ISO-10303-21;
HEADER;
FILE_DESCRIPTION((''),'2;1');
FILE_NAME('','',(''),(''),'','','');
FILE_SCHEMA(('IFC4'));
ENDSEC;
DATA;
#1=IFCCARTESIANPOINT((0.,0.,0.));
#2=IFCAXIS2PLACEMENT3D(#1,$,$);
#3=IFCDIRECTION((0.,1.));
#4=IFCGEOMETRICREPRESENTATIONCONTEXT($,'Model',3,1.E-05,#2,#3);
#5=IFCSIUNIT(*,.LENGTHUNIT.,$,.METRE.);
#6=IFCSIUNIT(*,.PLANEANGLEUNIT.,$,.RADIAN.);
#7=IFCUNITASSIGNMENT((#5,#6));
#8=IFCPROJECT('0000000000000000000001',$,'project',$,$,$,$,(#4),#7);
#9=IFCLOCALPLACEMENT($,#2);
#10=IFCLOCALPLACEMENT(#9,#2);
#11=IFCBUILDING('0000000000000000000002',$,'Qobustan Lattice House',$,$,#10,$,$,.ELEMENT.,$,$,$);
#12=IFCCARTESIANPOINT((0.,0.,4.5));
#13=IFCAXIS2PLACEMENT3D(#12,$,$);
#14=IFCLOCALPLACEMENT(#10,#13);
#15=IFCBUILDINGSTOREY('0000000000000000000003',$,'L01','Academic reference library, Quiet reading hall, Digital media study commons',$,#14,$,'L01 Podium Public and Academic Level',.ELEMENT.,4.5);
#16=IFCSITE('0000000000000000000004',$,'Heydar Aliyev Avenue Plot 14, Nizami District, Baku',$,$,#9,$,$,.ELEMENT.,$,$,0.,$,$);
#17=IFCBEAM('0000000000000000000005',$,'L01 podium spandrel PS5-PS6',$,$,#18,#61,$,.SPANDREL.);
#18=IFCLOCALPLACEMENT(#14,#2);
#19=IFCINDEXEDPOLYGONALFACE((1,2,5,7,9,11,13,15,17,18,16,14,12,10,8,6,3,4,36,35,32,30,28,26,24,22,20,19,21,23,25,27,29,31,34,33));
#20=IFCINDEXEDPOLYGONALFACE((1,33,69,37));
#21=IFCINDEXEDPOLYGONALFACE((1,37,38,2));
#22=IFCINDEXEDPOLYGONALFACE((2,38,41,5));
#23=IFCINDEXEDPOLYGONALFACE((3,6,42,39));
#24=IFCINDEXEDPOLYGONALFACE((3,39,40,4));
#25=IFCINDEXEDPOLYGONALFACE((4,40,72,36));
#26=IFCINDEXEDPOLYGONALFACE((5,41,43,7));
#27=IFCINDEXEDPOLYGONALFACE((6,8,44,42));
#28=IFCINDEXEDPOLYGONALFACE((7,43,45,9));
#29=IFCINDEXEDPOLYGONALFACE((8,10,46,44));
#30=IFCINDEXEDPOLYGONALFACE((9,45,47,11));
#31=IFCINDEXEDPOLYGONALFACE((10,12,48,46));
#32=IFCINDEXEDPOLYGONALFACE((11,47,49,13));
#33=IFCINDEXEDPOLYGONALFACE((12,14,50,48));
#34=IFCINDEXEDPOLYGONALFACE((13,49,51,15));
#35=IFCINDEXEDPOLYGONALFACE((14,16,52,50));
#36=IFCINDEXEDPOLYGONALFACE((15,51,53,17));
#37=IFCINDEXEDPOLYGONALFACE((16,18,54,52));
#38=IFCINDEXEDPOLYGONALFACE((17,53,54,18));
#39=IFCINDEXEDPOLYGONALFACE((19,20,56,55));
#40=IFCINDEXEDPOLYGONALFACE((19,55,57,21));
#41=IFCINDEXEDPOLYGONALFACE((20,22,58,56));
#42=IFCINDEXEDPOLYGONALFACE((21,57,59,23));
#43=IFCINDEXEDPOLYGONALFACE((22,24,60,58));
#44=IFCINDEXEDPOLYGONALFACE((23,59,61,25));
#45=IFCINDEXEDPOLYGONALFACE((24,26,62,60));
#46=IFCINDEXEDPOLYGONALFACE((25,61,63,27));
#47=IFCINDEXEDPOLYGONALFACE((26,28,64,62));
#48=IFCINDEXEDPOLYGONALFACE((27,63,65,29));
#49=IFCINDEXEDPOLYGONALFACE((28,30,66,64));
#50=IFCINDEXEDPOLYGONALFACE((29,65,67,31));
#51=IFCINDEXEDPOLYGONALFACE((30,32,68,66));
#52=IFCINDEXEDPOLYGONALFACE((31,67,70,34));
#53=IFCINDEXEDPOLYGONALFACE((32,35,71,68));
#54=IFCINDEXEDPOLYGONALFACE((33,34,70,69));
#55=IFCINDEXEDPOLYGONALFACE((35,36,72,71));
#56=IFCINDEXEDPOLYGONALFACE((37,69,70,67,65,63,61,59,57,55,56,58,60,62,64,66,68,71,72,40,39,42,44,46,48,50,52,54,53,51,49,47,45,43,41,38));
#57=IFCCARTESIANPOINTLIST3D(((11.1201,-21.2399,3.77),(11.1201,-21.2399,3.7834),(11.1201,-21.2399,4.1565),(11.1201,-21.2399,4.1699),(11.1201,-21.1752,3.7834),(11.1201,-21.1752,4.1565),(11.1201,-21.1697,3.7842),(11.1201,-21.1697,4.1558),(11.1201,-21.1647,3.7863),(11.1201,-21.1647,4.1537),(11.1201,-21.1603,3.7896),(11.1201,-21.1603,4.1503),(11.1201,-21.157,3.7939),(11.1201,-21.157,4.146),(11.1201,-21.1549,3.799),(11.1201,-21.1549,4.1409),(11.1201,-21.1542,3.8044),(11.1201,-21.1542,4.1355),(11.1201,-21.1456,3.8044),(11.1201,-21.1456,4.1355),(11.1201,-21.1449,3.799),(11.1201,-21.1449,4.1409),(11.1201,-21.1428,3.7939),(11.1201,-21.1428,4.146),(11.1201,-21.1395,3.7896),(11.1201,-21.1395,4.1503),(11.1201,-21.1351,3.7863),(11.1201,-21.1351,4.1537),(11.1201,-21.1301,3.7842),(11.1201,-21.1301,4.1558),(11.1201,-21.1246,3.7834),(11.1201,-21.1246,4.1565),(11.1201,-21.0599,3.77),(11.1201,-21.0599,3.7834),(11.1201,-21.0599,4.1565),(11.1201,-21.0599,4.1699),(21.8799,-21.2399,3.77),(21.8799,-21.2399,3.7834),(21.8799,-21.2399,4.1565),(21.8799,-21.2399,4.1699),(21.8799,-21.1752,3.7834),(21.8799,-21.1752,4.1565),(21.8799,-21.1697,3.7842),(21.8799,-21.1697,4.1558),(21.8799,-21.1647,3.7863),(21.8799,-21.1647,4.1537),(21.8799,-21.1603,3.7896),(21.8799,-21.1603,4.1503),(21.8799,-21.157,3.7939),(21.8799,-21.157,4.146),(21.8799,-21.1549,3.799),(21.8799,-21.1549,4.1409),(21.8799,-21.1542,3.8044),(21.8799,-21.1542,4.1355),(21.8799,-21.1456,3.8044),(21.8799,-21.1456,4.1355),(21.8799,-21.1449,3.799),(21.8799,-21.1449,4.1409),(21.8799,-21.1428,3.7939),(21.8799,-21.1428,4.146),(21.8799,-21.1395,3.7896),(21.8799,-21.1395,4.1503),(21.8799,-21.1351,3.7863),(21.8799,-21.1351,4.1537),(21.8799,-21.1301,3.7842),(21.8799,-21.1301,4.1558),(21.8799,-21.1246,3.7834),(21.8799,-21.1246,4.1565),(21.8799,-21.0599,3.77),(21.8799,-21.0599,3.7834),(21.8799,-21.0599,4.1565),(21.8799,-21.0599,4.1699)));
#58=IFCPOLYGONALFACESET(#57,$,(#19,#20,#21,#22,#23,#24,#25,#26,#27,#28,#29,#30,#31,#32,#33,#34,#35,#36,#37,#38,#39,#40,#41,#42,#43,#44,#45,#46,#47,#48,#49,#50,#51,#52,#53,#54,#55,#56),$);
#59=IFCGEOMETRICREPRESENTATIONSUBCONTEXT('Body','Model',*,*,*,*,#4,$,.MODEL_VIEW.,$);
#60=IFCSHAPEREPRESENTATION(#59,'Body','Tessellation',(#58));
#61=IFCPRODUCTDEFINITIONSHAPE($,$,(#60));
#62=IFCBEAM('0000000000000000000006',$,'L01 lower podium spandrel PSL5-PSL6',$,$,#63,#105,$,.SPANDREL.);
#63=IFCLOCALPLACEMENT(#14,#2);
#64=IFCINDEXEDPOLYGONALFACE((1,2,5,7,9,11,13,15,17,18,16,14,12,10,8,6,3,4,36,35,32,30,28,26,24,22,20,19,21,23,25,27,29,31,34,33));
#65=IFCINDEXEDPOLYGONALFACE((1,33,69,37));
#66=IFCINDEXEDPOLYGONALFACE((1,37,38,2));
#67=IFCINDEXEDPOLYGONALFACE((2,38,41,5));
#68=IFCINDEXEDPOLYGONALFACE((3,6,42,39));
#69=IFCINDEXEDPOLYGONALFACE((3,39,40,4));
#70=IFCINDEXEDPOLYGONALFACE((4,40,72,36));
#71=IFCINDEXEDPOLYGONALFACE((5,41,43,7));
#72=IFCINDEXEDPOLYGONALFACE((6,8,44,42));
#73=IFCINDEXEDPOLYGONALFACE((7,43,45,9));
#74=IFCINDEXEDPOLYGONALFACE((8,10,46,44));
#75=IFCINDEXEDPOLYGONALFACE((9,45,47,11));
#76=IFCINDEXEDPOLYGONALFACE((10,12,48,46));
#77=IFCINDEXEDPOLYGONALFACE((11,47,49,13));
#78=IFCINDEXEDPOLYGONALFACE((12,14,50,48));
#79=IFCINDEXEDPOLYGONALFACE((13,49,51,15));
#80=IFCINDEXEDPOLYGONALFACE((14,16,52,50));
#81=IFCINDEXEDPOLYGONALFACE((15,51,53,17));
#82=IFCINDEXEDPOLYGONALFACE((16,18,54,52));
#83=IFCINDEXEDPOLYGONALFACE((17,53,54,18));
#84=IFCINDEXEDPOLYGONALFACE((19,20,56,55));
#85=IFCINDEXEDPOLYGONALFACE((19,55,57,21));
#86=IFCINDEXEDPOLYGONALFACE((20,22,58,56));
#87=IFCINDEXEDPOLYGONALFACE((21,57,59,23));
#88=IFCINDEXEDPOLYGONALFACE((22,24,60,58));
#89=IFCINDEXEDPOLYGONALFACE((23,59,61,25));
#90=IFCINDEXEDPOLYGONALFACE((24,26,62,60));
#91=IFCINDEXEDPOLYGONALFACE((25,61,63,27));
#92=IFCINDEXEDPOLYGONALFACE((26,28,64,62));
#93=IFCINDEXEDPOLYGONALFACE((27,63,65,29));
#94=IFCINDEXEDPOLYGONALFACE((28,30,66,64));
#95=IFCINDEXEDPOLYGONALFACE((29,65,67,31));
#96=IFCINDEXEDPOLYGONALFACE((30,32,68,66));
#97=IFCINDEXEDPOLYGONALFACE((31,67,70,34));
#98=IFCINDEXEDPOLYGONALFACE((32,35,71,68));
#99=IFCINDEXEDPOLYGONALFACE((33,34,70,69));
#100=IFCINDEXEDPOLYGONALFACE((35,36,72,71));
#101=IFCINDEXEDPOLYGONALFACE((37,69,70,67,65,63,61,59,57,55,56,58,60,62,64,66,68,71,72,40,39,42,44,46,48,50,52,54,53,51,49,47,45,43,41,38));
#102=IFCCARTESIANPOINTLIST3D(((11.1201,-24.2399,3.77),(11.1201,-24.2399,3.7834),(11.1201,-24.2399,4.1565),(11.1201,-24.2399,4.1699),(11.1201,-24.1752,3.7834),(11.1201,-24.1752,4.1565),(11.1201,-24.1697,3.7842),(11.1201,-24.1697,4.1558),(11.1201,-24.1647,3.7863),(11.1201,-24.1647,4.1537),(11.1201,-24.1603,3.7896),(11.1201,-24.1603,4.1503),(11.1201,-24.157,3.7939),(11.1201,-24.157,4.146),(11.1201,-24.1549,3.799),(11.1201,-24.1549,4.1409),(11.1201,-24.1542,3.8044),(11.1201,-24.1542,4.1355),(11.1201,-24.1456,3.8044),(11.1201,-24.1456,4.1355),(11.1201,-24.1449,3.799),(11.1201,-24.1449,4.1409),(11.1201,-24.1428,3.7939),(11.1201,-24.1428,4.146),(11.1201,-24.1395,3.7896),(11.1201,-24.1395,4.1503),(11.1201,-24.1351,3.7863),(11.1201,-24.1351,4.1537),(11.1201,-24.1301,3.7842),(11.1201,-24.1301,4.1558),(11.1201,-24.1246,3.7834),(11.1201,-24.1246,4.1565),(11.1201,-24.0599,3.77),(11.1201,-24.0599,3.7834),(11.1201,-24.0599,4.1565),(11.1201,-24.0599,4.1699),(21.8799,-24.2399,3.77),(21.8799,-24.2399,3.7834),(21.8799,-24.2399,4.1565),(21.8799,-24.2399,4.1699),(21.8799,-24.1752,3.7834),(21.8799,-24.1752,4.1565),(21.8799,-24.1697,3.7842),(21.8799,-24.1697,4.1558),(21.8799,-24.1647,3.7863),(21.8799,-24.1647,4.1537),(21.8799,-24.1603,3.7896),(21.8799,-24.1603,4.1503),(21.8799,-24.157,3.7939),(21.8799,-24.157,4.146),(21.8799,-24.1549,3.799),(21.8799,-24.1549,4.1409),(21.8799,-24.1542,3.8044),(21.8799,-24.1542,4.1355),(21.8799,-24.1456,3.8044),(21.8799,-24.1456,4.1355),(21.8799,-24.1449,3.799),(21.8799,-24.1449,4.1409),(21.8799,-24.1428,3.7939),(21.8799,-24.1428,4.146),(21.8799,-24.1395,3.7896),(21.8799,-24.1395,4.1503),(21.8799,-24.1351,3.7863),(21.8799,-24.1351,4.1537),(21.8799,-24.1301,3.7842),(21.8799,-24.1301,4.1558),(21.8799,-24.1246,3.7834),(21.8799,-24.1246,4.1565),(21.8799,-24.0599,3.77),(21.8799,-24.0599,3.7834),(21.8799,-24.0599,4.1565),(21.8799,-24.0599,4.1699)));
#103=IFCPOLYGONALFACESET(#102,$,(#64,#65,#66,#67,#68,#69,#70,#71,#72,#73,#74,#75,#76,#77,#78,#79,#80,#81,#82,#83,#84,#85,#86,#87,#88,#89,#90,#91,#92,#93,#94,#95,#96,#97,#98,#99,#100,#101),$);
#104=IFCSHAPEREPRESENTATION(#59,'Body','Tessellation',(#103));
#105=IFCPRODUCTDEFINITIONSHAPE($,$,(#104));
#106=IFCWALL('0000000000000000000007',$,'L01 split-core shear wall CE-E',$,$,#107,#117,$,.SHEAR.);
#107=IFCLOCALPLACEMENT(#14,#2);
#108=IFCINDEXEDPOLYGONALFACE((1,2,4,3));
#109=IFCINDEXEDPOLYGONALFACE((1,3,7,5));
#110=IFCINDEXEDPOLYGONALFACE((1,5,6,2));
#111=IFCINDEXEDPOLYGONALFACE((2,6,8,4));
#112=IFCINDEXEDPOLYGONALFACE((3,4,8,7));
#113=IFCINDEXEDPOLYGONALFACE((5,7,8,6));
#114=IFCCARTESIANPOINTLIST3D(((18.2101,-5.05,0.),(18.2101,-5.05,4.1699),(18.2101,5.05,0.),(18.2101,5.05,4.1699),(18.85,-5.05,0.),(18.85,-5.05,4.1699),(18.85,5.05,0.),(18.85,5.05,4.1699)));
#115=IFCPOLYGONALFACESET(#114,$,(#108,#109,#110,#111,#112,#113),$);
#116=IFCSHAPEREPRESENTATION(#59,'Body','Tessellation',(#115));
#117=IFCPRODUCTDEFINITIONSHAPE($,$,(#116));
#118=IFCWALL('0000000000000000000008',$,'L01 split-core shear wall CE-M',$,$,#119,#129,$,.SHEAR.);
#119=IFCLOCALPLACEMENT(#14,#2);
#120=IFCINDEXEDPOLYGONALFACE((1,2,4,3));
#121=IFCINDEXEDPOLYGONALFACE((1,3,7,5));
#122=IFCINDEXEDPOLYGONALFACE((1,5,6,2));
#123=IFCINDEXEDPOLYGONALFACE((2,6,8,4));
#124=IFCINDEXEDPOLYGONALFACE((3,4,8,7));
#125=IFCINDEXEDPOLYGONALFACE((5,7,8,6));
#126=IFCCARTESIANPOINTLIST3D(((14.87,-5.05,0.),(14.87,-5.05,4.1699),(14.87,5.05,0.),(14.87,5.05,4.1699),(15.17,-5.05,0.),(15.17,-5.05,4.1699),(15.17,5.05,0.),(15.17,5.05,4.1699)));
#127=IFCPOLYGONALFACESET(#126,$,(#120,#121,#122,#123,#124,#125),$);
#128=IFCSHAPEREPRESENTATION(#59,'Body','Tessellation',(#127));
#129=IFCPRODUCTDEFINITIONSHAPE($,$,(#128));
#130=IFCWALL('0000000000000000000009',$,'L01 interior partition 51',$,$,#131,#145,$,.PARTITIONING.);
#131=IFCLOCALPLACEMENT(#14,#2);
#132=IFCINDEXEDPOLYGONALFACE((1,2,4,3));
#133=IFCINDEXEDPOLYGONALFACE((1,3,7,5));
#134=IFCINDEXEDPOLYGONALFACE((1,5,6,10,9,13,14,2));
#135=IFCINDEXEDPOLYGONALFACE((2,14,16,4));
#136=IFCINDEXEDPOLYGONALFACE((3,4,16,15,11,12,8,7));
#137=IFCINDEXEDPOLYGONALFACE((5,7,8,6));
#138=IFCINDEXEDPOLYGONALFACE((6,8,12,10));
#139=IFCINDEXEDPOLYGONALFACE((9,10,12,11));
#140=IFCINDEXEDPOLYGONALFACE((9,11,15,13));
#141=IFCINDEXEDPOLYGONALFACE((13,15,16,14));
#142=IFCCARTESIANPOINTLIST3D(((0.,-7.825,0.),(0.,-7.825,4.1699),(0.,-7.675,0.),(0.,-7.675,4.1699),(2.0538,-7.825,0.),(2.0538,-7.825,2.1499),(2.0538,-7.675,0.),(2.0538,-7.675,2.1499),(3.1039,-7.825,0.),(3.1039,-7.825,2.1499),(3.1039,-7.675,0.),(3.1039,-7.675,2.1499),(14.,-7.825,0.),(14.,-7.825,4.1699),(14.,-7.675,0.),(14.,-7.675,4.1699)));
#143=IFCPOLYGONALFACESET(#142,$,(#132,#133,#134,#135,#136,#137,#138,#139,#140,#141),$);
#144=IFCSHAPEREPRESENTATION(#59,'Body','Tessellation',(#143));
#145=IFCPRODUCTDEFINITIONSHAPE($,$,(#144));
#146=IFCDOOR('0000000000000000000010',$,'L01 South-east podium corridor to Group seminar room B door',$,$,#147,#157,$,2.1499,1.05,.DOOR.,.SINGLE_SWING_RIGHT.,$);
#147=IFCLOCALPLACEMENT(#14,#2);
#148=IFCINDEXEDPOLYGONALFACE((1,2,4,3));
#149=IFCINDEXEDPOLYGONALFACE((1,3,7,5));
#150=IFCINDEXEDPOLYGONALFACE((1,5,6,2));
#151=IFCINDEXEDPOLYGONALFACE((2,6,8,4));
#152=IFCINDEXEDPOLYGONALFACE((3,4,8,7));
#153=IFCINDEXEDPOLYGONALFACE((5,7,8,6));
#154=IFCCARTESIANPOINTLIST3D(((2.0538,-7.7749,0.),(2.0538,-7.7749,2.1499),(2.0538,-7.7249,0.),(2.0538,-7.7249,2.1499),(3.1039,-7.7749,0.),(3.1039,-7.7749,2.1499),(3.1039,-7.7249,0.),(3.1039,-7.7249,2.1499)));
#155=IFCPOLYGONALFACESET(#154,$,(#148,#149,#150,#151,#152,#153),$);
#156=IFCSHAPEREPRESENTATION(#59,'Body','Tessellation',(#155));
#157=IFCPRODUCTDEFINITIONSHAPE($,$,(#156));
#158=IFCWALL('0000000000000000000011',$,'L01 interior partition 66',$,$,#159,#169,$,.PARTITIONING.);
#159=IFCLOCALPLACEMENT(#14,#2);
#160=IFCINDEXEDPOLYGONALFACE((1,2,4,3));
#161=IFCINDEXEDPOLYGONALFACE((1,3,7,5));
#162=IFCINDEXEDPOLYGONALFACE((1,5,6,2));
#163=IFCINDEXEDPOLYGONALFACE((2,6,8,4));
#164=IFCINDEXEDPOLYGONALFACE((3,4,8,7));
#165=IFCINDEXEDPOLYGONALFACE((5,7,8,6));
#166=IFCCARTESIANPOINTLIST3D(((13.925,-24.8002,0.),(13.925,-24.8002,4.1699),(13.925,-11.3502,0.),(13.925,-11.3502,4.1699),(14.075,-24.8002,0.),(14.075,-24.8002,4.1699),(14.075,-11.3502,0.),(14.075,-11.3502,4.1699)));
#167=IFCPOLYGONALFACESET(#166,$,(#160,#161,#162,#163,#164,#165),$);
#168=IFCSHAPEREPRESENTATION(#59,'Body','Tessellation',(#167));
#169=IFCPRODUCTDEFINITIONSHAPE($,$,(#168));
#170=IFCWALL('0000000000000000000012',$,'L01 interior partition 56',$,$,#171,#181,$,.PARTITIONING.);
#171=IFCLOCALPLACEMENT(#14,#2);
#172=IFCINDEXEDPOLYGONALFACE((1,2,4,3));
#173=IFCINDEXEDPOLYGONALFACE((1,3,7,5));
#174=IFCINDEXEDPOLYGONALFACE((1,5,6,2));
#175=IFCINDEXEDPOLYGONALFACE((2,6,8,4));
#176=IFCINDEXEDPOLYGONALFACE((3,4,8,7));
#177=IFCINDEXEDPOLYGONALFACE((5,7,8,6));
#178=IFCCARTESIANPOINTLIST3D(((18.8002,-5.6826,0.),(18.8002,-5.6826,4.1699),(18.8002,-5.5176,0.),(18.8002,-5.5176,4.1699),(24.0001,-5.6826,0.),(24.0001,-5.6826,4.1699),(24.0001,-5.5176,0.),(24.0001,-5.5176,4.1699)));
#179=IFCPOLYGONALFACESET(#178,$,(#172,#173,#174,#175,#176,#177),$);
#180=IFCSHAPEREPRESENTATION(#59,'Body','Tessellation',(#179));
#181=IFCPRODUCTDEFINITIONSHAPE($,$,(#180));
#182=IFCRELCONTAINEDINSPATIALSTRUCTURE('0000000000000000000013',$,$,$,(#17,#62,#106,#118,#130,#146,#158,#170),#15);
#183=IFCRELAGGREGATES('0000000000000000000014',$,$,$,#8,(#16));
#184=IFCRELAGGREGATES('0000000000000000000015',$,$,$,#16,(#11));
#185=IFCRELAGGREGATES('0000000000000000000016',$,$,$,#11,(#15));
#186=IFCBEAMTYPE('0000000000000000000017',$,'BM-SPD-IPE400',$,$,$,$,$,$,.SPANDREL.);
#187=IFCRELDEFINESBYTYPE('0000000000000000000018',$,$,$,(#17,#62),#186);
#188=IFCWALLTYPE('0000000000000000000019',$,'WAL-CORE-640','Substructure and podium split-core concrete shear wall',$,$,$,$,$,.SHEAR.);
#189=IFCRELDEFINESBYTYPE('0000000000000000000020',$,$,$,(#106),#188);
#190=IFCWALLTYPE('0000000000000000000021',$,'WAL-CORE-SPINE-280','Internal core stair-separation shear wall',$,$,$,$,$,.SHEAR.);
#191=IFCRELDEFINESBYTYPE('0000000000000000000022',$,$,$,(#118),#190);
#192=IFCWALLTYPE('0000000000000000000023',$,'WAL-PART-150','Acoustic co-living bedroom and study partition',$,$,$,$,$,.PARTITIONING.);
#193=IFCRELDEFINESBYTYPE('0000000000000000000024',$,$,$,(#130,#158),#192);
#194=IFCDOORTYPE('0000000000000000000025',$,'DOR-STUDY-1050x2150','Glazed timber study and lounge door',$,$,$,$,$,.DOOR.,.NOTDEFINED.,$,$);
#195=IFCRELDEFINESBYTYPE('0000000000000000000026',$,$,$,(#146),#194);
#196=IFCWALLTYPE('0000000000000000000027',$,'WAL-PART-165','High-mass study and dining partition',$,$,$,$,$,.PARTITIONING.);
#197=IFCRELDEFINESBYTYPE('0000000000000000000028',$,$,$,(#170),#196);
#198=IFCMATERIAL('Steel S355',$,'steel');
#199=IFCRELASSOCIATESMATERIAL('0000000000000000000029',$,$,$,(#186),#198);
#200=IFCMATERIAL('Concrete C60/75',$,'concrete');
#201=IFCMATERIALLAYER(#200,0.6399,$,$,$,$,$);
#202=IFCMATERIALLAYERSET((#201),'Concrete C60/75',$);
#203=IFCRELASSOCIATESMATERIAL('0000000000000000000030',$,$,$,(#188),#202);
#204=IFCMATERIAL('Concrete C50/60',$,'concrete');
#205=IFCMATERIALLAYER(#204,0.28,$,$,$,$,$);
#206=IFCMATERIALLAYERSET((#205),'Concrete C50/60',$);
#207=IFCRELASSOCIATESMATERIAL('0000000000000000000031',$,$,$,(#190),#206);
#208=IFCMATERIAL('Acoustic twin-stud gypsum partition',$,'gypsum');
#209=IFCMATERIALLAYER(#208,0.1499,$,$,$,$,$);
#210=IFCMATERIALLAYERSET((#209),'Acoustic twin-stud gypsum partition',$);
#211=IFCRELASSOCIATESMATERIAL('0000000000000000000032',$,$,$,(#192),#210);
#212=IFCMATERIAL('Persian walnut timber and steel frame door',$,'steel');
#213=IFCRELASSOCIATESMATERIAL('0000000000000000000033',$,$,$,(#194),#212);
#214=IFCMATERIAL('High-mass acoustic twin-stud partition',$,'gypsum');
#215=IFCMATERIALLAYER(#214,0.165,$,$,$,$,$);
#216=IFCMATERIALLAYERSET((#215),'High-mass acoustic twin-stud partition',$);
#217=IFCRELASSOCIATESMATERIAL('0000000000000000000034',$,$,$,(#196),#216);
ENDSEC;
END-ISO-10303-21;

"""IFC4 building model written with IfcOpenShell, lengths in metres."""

from ifc_helpers import new_model, si_unit, direction, frame, frame_2d, origin, origin_2d, place, context, subcontext, project, spatial, rectangle, i_section, extrude, material, layer, layer_set, material_profile, profile_set, type_object, element, fill, save


model = new_model("IFC4")

# Units and contexts
model_context = context("Model", 3, precision=1e-05, world=origin(), true_north=direction((0.0, 1.0)))
body_context = subcontext(model_context, "Body", "Model", "MODEL_VIEW")
ifc_project = project(units=[si_unit("LENGTHUNIT", "METRE"), si_unit("PLANEANGLEUNIT", "RADIAN")], contexts=[model_context])

# Site, building, storey
site_placement = place(None, origin())
site = spatial("IfcSite", under=ifc_project, at=site_placement, Name="Heydar Aliyev Avenue Plot 14, Nizami District, Baku", CompositionType="ELEMENT", RefElevation=0.0)
building_placement = place(site_placement, origin())
building = spatial("IfcBuilding", under=site, at=building_placement, Name="Qobustan Lattice House", CompositionType="ELEMENT")
storey_placement = place(building_placement, frame((0.0, 0.0, 4.5)))
storey = spatial("IfcBuildingStorey", under=building, at=storey_placement, Name="L01", Description="Academic reference library, Quiet reading hall, Digital media study commons", LongName="L01 Podium Public and Academic Level", CompositionType="ELEMENT", Elevation=4.5)

# Beams
ifc_material_1 = material(Name="Steel S355", Category="steel")
ifc_material_profile_1 = material_profile(ifc_material_1, i_section(OverallWidth=0.1799, OverallDepth=0.3999, WebThickness=0.0085, FlangeThickness=0.0134, FilletRadius=0.021, at=origin_2d()), Name="IPE400")
ifc_profile_set_1 = profile_set([ifc_material_profile_1], Name="Steel S355")
beam_type_1 = type_object("IfcBeamType", Name="BM-SPD-IPE400", PredefinedType="SPANDREL", material=ifc_profile_set_1)
for number, where, z_axis, x_axis, name in (
    (1, (11.1201, -21.1499, 3.97), (1.0, 0.0, 0.0), (0.0, 1.0, 0.0), "L01 podium spandrel PS5-PS6"),
    (2, (11.1201, -24.1499, 3.97), (1.0, 0.0, 0.0), (0.0, 1.0, 0.0), "L01 lower podium spandrel PSL5-PSL6"),
):
    element("IfcBeam", number, at=place(storey_placement, frame(where, z_axis=z_axis, x_axis=x_axis)), inside=storey, type_object=beam_type_1, Name=name, PredefinedType="SPANDREL", context=body_context, shape_type="SweptSolid", body=[
        extrude(i_section(OverallWidth=0.1799, OverallDepth=0.3999, WebThickness=0.0085, FlangeThickness=0.0134, FilletRadius=0.021, at=origin_2d()), origin(), (0.0, 0.0, 1.0), 10.7598),
    ])

# Walls
ifc_material_2 = material(Name="Concrete C60/75", Category="concrete")
ifc_layer_1 = layer(ifc_material_2, 0.6399)
ifc_layer_set_1 = layer_set([ifc_layer_1], Name="Concrete C60/75")
wall_type_1 = type_object("IfcWallType", Name="WAL-CORE-640", Description="Substructure and podium split-core concrete shear wall", PredefinedType="SHEAR", material=ifc_layer_set_1)
wall_1_placement = place(storey_placement, frame((18.53, -5.05, 0.0), z_axis=(0.0, 0.0, 1.0), x_axis=(0.0, 1.0, 0.0)))
element("IfcWall", 3, at=wall_1_placement, inside=storey, type_object=wall_type_1, Name="L01 split-core shear wall CE-E", PredefinedType="SHEAR", context=body_context, shape_type="SweptSolid", body=[
    extrude(rectangle(XDim=10.1001, YDim=0.6399, at=frame_2d((5.05, 0.0))), origin(), (0.0, 0.0, 1.0), 4.1699),
])
ifc_material_3 = material(Name="Concrete C50/60", Category="concrete")
ifc_layer_2 = layer(ifc_material_3, 0.28)
ifc_layer_set_2 = layer_set([ifc_layer_2], Name="Concrete C50/60")
wall_type_2 = type_object("IfcWallType", Name="WAL-CORE-SPINE-280", Description="Internal core stair-separation shear wall", PredefinedType="SHEAR", material=ifc_layer_set_2)
wall_2_placement = place(storey_placement, frame((15.02, -5.05, 0.0), z_axis=(0.0, 0.0, 1.0), x_axis=(0.0, 1.0, 0.0)))
element("IfcWall", 4, at=wall_2_placement, inside=storey, type_object=wall_type_2, Name="L01 split-core shear wall CE-M", PredefinedType="SHEAR", context=body_context, shape_type="SweptSolid", body=[
    extrude(rectangle(XDim=10.1001, YDim=0.3, at=frame_2d((5.05, 0.0))), origin(), (0.0, 0.0, 1.0), 4.1699),
])

# Wall, opening, door
ifc_material_4 = material(Name="Acoustic twin-stud gypsum partition", Category="gypsum")
ifc_layer_3 = layer(ifc_material_4, 0.1499)
ifc_layer_set_3 = layer_set([ifc_layer_3], Name="Acoustic twin-stud gypsum partition")
wall_type_3 = type_object("IfcWallType", Name="WAL-PART-150", Description="Acoustic co-living bedroom and study partition", PredefinedType="PARTITIONING", material=ifc_layer_set_3)
wall_3_placement = place(storey_placement, frame((14.0, -7.75, 0.0), z_axis=(0.0, 0.0, 1.0), x_axis=(-1.0, 0.0, 0.0)))
wall_3 = element("IfcWall", 5, at=wall_3_placement, inside=storey, type_object=wall_type_3, Name="L01 interior partition 51", PredefinedType="PARTITIONING", context=body_context, shape_type="SweptSolid", body=[
    extrude(rectangle(XDim=14.0, YDim=0.1499, at=frame_2d((7.0, 0.0))), origin(), (0.0, 0.0, 1.0), 4.1699),
])
opening_1_placement = place(wall_3_placement, frame((10.8962, 0.0, 0.0)))
opening_1 = element("IfcOpeningElement", 6, at=opening_1_placement, cuts=wall_3, PredefinedType="OPENING", context=body_context, shape_type="SweptSolid", body=[
    extrude(rectangle(XDim=1.05, YDim=2.1499, at=frame_2d((0.5249, 1.075))), frame((0.0, 0.085, 0.0), z_axis=(0.0, -1.0, 0.0), x_axis=(1.0, 0.0, 0.0)), (0.0, 0.0, 1.0), 0.1699),
])
ifc_material_5 = material(Name="Persian walnut timber and steel frame door", Category="steel")
door_type_1 = type_object("IfcDoorType", Name="DOR-STUDY-1050x2150", Description="Glazed timber study and lounge door", OperationType="NOTDEFINED", PredefinedType="DOOR", material=ifc_material_5)
door_1_placement = place(opening_1_placement, origin())
door_1 = element("IfcDoor", 7, at=door_1_placement, inside=storey, type_object=door_type_1, Name="L01 South-east podium corridor to Group seminar room B door", OperationType="SINGLE_SWING_RIGHT", OverallHeight=2.1499, OverallWidth=1.05, PredefinedType="DOOR", context=body_context, shape_type="SweptSolid", body=[
    extrude(rectangle(XDim=1.05, YDim=2.1499, at=frame_2d((0.5249, 1.075))), frame((0.0, 0.0249, 0.0), z_axis=(0.0, -1.0, 0.0), x_axis=(1.0, 0.0, 0.0)), (0.0, 0.0, 1.0), 0.05),
])
fill(opening_1, door_1)

# Walls
wall_4_placement = place(storey_placement, frame((14.0, -11.3501, 0.0), z_axis=(0.0, 0.0, 1.0), x_axis=(0.0, -1.0, 0.0)))
element("IfcWall", 8, at=wall_4_placement, inside=storey, type_object=wall_type_3, Name="L01 interior partition 66", PredefinedType="PARTITIONING", context=body_context, shape_type="SweptSolid", body=[
    extrude(rectangle(XDim=13.45, YDim=0.1499, at=frame_2d((6.7251, 0.0))), origin(), (0.0, 0.0, 1.0), 4.1699),
])
ifc_material_6 = material(Name="High-mass acoustic twin-stud partition", Category="gypsum")
ifc_layer_4 = layer(ifc_material_6, 0.165)
ifc_layer_set_4 = layer_set([ifc_layer_4], Name="High-mass acoustic twin-stud partition")
wall_type_4 = type_object("IfcWallType", Name="WAL-PART-165", Description="High-mass study and dining partition", PredefinedType="PARTITIONING", material=ifc_layer_set_4)
wall_5_placement = place(storey_placement, frame((18.8, -5.6001, 0.0), z_axis=(0.0, 0.0, 1.0), x_axis=(1.0, 0.0, 0.0)))
element("IfcWall", 9, at=wall_5_placement, inside=storey, type_object=wall_type_4, Name="L01 interior partition 56", PredefinedType="PARTITIONING", context=body_context, shape_type="SweptSolid", body=[
    extrude(rectangle(XDim=5.2, YDim=0.165, at=frame_2d((2.6001, 0.0))), origin(), (0.0, 0.0, 1.0), 4.1699),
])

save(model, "model.ifc")
